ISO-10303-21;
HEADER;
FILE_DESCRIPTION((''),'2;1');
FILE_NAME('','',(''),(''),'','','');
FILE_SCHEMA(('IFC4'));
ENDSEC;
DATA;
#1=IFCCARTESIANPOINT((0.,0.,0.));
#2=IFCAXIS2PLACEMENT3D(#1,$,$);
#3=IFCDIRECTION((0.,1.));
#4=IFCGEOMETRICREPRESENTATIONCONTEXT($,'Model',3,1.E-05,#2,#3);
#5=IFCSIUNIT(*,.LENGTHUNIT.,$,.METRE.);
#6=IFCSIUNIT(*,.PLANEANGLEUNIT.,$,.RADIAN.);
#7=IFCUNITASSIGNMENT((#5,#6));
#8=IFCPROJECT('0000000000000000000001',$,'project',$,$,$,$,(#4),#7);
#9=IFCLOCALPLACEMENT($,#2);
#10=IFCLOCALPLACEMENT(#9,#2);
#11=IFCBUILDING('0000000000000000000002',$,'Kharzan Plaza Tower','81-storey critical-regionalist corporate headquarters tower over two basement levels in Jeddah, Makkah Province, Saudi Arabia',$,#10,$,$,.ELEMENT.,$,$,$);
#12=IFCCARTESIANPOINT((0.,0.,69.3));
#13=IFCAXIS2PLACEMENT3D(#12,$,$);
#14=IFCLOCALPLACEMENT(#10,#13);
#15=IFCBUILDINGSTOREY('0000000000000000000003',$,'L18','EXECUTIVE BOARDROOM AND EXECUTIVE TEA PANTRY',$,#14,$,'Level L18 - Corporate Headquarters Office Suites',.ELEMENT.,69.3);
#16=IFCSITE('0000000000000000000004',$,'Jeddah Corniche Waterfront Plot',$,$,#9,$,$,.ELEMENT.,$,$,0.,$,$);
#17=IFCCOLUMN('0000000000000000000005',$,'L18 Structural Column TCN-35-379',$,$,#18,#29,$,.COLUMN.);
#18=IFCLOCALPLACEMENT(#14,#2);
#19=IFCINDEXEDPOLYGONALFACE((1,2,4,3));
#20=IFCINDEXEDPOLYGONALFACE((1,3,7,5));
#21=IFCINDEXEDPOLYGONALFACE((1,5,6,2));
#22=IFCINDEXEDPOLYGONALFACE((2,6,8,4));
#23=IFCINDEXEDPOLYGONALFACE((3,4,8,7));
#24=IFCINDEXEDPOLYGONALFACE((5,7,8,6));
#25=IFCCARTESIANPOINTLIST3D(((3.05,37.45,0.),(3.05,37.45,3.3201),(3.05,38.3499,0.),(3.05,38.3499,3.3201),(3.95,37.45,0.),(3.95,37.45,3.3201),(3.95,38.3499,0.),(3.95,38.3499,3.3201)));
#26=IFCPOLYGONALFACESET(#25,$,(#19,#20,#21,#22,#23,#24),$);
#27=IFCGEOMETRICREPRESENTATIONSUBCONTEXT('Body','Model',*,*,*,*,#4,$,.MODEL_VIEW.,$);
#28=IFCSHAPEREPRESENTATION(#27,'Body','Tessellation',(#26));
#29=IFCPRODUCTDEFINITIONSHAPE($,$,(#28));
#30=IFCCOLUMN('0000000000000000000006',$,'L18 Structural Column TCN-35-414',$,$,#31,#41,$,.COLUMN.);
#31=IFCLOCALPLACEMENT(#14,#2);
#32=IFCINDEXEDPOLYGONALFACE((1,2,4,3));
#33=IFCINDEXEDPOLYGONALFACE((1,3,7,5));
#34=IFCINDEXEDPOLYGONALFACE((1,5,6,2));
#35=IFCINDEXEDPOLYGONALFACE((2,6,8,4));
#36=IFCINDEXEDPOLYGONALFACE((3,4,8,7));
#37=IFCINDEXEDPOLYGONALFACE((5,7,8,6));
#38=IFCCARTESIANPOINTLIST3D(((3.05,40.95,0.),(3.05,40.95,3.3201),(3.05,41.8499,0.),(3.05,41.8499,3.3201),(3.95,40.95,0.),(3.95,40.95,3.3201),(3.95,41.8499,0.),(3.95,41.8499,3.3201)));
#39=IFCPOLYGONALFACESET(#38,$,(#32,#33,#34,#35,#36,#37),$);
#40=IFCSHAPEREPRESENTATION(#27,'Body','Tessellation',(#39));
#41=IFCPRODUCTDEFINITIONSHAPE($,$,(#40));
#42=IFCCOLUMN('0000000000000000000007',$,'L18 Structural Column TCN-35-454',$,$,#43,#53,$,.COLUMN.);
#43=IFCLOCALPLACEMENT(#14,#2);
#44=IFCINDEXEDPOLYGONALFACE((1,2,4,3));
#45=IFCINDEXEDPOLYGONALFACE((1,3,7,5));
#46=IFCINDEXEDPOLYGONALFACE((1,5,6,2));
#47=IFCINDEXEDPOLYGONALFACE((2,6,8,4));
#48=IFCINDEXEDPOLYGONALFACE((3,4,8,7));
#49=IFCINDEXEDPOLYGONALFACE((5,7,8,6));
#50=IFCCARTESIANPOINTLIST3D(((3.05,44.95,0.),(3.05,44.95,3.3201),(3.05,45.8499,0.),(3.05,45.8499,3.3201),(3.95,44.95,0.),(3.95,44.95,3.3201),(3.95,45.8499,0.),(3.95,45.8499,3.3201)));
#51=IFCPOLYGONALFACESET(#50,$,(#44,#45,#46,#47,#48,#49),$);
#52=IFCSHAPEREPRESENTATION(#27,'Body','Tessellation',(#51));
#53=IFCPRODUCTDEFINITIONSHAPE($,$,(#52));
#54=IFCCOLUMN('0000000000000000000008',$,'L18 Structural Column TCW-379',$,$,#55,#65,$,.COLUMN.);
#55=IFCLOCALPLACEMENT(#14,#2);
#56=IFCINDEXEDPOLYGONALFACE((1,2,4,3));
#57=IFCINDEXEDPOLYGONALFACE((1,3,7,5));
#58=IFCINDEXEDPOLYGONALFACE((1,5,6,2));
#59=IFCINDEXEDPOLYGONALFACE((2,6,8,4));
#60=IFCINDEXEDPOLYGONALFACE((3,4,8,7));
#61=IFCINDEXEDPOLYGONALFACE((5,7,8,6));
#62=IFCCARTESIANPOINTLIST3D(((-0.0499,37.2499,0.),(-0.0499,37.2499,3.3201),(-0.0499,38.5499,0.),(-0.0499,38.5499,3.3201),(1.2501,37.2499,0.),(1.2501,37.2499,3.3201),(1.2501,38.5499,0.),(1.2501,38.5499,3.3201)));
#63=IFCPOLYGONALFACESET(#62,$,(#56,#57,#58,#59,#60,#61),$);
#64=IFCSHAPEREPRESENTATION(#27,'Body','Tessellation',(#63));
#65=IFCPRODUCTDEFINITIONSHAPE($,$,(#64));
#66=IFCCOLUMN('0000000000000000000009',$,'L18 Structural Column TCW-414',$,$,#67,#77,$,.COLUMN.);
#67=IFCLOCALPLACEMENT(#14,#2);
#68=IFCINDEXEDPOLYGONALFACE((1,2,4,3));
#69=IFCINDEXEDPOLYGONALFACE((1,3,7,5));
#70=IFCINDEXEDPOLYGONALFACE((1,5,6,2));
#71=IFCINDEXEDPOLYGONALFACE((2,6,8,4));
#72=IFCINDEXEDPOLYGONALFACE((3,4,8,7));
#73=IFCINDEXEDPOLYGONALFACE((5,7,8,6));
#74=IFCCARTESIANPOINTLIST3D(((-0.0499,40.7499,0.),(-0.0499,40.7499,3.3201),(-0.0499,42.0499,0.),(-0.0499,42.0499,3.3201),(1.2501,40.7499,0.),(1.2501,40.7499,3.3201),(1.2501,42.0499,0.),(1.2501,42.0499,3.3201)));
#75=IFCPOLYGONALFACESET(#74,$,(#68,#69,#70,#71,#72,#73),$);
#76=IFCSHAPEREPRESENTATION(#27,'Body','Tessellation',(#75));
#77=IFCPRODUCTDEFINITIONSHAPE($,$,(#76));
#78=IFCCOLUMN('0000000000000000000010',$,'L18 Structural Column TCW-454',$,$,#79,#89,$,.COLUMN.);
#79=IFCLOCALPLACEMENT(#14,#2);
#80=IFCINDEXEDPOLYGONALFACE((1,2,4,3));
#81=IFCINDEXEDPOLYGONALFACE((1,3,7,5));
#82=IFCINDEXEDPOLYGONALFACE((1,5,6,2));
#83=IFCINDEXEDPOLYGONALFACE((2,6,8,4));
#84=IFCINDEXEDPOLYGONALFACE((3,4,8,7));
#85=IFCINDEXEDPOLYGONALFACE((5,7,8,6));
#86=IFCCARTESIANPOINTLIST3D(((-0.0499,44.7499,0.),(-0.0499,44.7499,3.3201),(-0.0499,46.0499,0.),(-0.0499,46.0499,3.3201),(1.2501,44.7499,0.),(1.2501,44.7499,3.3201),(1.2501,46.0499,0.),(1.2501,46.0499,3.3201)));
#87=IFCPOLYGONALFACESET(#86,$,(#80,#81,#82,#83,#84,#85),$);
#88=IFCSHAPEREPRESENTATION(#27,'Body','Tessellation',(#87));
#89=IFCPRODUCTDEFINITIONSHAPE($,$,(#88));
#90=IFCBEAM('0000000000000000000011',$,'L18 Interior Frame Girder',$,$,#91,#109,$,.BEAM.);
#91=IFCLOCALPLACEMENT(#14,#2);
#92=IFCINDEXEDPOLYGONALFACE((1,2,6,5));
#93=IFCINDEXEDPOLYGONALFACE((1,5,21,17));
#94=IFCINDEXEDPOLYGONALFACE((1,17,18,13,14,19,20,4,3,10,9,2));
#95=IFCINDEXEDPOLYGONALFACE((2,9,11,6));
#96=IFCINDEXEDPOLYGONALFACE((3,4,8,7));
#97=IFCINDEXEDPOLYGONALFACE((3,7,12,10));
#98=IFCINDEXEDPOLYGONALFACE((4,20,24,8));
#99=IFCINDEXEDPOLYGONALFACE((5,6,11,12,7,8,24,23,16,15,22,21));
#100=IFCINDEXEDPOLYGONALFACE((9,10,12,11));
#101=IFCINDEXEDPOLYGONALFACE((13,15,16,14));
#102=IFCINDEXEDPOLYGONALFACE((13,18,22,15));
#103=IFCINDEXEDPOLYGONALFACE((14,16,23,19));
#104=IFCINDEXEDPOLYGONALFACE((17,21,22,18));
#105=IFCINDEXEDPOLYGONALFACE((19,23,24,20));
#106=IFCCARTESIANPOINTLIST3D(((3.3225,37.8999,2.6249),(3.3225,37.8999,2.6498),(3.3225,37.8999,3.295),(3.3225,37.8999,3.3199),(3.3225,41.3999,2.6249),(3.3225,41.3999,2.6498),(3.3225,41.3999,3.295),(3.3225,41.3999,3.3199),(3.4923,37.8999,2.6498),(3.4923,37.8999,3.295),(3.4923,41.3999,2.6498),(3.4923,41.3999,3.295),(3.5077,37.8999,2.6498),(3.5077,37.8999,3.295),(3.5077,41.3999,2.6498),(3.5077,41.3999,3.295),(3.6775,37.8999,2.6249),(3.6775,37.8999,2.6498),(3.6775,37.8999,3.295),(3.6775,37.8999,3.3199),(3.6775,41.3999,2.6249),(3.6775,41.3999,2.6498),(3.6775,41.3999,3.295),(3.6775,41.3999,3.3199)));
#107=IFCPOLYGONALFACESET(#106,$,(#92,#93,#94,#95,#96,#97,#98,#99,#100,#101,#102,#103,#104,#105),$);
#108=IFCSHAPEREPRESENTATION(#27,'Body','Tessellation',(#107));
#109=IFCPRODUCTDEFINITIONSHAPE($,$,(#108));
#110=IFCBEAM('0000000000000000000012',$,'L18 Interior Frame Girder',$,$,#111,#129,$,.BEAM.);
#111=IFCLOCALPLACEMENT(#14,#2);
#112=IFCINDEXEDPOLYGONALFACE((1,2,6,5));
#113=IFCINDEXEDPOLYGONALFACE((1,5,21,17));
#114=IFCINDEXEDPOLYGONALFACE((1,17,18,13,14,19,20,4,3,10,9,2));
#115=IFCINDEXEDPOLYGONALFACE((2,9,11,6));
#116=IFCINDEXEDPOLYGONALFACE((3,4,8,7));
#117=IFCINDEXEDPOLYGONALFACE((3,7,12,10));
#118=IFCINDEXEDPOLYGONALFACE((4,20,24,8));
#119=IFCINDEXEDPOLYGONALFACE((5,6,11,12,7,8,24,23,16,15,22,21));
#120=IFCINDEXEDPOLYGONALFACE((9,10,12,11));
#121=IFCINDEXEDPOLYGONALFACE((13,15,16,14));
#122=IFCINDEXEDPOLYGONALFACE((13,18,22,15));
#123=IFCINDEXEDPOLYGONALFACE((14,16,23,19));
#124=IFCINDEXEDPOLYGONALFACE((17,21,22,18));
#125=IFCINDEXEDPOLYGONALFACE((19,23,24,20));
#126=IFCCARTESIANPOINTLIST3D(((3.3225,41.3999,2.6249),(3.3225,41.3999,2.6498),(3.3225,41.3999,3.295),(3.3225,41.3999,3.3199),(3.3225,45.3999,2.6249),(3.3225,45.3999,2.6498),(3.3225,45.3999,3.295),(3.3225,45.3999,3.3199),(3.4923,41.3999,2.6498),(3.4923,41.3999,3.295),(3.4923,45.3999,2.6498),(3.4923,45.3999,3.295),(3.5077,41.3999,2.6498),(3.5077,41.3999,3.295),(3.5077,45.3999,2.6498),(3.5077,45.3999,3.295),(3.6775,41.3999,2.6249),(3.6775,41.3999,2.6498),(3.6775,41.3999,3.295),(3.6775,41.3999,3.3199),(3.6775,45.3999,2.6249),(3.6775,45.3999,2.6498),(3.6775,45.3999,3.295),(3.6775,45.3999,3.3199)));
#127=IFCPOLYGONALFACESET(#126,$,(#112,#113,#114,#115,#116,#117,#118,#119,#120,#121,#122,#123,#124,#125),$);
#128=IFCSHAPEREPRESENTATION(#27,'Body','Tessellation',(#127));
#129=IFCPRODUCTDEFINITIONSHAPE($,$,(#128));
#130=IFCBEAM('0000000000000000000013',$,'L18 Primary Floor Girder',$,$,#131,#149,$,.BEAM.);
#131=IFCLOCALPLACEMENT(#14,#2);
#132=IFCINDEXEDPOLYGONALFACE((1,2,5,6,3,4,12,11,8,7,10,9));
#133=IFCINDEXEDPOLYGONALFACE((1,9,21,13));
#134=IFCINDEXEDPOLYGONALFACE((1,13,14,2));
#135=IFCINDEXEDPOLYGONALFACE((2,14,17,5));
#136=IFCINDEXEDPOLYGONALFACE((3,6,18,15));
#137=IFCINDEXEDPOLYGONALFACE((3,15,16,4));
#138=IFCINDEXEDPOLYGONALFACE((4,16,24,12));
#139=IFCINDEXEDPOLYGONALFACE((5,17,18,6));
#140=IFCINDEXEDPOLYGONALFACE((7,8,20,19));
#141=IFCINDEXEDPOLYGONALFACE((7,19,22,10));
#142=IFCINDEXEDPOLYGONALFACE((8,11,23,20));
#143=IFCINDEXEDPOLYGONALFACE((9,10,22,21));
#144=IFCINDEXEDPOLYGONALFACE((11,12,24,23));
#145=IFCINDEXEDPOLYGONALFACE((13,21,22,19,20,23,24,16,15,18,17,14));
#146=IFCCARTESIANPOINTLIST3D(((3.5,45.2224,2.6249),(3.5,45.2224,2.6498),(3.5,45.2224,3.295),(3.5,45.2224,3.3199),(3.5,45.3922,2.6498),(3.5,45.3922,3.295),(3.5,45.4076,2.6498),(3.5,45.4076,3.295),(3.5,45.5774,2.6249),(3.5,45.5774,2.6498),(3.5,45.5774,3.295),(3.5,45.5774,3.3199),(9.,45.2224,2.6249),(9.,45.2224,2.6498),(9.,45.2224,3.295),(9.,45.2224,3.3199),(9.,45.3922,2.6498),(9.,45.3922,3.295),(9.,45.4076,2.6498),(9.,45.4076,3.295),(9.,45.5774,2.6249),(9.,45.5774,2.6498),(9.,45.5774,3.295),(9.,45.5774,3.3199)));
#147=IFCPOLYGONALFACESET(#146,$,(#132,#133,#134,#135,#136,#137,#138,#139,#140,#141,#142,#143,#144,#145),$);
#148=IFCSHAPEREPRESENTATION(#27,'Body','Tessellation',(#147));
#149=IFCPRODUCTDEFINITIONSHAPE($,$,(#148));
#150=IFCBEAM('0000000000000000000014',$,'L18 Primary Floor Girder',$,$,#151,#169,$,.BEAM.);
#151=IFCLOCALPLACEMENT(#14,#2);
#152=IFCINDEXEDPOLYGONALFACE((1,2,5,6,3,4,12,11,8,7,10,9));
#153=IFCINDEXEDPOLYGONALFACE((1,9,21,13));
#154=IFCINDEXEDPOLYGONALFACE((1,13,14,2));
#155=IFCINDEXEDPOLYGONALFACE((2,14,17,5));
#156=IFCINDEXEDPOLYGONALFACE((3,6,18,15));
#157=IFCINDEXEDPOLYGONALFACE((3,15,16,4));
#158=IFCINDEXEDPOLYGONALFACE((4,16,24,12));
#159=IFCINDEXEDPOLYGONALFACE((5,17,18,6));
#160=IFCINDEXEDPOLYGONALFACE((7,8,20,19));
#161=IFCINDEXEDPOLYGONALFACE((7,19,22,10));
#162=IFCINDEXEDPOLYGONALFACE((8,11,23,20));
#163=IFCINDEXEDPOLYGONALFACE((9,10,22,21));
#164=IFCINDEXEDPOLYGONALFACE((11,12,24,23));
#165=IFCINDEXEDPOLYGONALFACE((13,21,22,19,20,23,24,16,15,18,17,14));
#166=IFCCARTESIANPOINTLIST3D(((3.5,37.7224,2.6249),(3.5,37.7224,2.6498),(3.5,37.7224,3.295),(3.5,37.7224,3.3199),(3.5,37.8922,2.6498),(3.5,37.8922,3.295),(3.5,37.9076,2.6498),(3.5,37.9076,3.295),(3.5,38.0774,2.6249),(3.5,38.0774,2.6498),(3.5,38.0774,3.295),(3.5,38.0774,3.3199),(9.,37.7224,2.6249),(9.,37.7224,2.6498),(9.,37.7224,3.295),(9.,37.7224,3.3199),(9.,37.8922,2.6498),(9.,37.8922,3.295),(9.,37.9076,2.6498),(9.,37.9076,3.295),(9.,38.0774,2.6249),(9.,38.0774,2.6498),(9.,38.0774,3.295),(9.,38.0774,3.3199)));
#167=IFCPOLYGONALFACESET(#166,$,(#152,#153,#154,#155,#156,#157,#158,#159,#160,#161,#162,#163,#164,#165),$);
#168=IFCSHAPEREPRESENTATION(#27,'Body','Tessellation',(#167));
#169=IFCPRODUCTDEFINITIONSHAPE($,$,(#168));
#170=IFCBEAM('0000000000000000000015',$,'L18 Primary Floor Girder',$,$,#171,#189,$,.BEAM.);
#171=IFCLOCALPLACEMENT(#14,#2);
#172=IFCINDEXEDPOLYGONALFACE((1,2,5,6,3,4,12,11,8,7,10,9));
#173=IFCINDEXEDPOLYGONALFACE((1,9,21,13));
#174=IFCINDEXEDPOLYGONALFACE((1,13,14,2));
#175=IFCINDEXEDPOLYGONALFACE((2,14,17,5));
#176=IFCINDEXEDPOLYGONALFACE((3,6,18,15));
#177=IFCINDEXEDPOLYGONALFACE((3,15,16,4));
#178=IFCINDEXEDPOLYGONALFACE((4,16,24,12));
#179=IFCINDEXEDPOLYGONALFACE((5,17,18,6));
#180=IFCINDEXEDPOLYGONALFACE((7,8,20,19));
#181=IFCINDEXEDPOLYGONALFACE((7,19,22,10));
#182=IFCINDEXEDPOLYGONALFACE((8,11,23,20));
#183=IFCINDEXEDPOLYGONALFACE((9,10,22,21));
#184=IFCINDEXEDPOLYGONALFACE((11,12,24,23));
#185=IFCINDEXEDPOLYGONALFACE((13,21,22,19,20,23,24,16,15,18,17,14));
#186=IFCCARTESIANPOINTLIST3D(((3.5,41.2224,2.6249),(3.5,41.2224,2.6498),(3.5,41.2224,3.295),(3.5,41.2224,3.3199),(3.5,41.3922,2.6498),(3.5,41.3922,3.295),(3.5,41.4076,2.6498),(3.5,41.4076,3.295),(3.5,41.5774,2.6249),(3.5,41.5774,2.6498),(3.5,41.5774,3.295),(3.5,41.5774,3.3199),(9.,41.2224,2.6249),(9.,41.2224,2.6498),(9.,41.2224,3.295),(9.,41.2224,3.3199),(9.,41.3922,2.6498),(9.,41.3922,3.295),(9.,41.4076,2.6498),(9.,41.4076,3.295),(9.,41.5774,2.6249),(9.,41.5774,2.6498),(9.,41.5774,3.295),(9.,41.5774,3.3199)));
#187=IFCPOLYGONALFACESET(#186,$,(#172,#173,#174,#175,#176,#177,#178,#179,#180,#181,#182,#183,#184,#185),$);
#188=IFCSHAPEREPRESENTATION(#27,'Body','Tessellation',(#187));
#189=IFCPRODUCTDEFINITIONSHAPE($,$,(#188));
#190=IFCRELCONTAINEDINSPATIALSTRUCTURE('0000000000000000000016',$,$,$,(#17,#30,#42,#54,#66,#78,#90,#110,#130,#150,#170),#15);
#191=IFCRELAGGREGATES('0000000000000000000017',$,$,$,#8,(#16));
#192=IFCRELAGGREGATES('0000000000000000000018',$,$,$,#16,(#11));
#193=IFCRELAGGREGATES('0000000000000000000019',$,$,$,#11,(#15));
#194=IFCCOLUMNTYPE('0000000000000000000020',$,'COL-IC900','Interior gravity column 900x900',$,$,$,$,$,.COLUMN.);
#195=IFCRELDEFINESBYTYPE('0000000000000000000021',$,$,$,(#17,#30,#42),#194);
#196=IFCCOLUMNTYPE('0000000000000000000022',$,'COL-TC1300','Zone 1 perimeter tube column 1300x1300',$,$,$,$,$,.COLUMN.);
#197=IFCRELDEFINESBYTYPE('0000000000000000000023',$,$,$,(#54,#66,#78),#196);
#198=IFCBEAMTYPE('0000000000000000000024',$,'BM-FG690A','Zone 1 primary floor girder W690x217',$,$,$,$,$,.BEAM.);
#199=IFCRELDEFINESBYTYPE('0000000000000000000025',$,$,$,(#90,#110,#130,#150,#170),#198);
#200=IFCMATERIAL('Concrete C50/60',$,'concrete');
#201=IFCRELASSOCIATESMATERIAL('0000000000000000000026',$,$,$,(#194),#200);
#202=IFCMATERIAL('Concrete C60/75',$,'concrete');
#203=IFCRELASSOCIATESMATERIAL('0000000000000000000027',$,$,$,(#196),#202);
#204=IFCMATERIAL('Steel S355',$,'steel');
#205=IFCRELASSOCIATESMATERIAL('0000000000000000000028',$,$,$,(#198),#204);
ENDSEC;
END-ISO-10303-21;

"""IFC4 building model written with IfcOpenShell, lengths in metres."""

from ifc_helpers import new_model, si_unit, direction, frame, origin, origin_2d, place, context, subcontext, project, spatial, rectangle, i_section, extrude, source, transform, mapped, material, material_profile, profile_set, type_object, element, save


model = new_model("IFC4")

# Units and contexts
model_context = context("Model", 3, precision=1e-05, world=origin(), true_north=direction((0.0, 1.0)))
body_context = subcontext(model_context, "Body", "Model", "MODEL_VIEW")
ifc_project = project(units=[si_unit("LENGTHUNIT", "METRE"), si_unit("PLANEANGLEUNIT", "RADIAN")], contexts=[model_context])

# Site, building, storey
site_placement = place(None, origin())
site = spatial("IfcSite", under=ifc_project, at=site_placement, Name="Jeddah Corniche Waterfront Plot", CompositionType="ELEMENT", RefElevation=0.0)
building_placement = place(site_placement, origin())
building = spatial("IfcBuilding", under=site, at=building_placement, Name="Kharzan Plaza Tower", Description="81-storey critical-regionalist corporate headquarters tower over two basement levels in Jeddah, Makkah Province, Saudi Arabia", CompositionType="ELEMENT")
storey_placement = place(building_placement, frame((0.0, 0.0, 69.3)))
storey = spatial("IfcBuildingStorey", under=building, at=storey_placement, Name="L18", Description="EXECUTIVE BOARDROOM AND EXECUTIVE TEA PANTRY", LongName="Level L18 - Corporate Headquarters Office Suites", CompositionType="ELEMENT", Elevation=69.3)

# Columns
ifc_material_1 = material(Name="Concrete C50/60", Category="concrete")
ifc_material_profile_1 = material_profile(ifc_material_1, rectangle(XDim=0.8999, YDim=0.8999, at=origin_2d()), Name="RC-IC900x900")
ifc_profile_set_1 = profile_set([ifc_material_profile_1], Name="Concrete C50/60")
column_type_1 = type_object("IfcColumnType", Name="COL-IC900", Description="Interior gravity column 900x900", PredefinedType="COLUMN", material=ifc_profile_set_1)
shared_shape_1 = source(origin(), body_context, "Body", "SweptSolid", [
    extrude(rectangle(XDim=0.8999, YDim=0.8999, at=origin_2d()), origin(), (0.0, 0.0, 1.0), 3.3201),
])
for number, where, z_axis, x_axis, name in (
    (1, (3.5, 37.8999, 0.0), (0.0, 0.0, 1.0), (1.0, 0.0, 0.0), "L18 Structural Column TCN-35-379"),
    (2, (3.5, 41.3999, 0.0), (0.0, 0.0, 1.0), (1.0, 0.0, 0.0), "L18 Structural Column TCN-35-414"),
    (3, (3.5, 45.3999, 0.0), (0.0, 0.0, 1.0), (1.0, 0.0, 0.0), "L18 Structural Column TCN-35-454"),
):
    element("IfcColumn", number, at=place(storey_placement, frame(where, z_axis=z_axis, x_axis=x_axis)), inside=storey, type_object=column_type_1, Name=name, PredefinedType="COLUMN", context=body_context, shape_type="MappedRepresentation", body=[
        mapped(shared_shape_1, transform((0.0, 0.0, 0.0), x_axis=(1.0, 0.0, 0.0), y_axis=(0.0, 1.0, 0.0), z_axis=(0.0, 0.0, 1.0))),
    ])
ifc_material_2 = material(Name="Concrete C60/75", Category="concrete")
ifc_material_profile_2 = material_profile(ifc_material_2, rectangle(XDim=1.3, YDim=1.3, at=origin_2d()), Name="RC-TC1300x1300")
ifc_profile_set_2 = profile_set([ifc_material_profile_2], Name="Concrete C60/75")
column_type_2 = type_object("IfcColumnType", Name="COL-TC1300", Description="Zone 1 perimeter tube column 1300x1300", PredefinedType="COLUMN", material=ifc_profile_set_2)
shared_shape_2 = source(origin(), body_context, "Body", "SweptSolid", [
    extrude(rectangle(XDim=1.3, YDim=1.3, at=origin_2d()), origin(), (0.0, 0.0, 1.0), 3.3201),
])
for number, where, z_axis, x_axis, name in (
    (4, (0.6001, 37.8999, 0.0), (0.0, 0.0, 1.0), (1.0, 0.0, 0.0), "L18 Structural Column TCW-379"),
    (5, (0.6001, 41.3999, 0.0), (0.0, 0.0, 1.0), (1.0, 0.0, 0.0), "L18 Structural Column TCW-414"),
    (6, (0.6001, 45.3999, 0.0), (0.0, 0.0, 1.0), (1.0, 0.0, 0.0), "L18 Structural Column TCW-454"),
):
    element("IfcColumn", number, at=place(storey_placement, frame(where, z_axis=z_axis, x_axis=x_axis)), inside=storey, type_object=column_type_2, Name=name, PredefinedType="COLUMN", context=body_context, shape_type="MappedRepresentation", body=[
        mapped(shared_shape_2, transform((0.0, 0.0, 0.0), x_axis=(1.0, 0.0, 0.0), y_axis=(0.0, 1.0, 0.0), z_axis=(0.0, 0.0, 1.0))),
    ])

# Beams
ifc_material_3 = material(Name="Steel S355", Category="steel")
ifc_material_profile_3 = material_profile(ifc_material_3, i_section(OverallWidth=0.355, OverallDepth=0.6951, WebThickness=0.0154, FlangeThickness=0.0249, at=origin_2d()), Name="W690x217")
ifc_profile_set_3 = profile_set([ifc_material_profile_3], Name="Steel S355")
beam_type_1 = type_object("IfcBeamType", Name="BM-FG690A", Description="Zone 1 primary floor girder W690x217", PredefinedType="BEAM", material=ifc_profile_set_3)
shared_shape_3 = source(origin(), body_context, "Body", "SweptSolid", [
    extrude(i_section(OverallWidth=0.355, OverallDepth=0.6951, WebThickness=0.0154, FlangeThickness=0.0249, at=origin_2d()), origin(), (0.0, 0.0, 1.0), 3.5),
])
beam_1_placement = place(storey_placement, frame((3.5, 37.8999, 2.9724), z_axis=(0.0, 1.0, 0.0), x_axis=(-1.0, 0.0, 0.0)))
element("IfcBeam", 7, at=beam_1_placement, inside=storey, type_object=beam_type_1, Name="L18 Interior Frame Girder", PredefinedType="BEAM", context=body_context, shape_type="MappedRepresentation", body=[
    mapped(shared_shape_3, transform((0.0, 0.0, 0.0), x_axis=(1.0, 0.0, 0.0), y_axis=(0.0, 1.0, 0.0), z_axis=(0.0, 0.0, 1.0))),
])
shared_shape_4 = source(origin(), body_context, "Body", "SweptSolid", [
    extrude(i_section(OverallWidth=0.355, OverallDepth=0.6951, WebThickness=0.0154, FlangeThickness=0.0249, at=origin_2d()), origin(), (0.0, 0.0, 1.0), 4.0),
])
beam_2_placement = place(storey_placement, frame((3.5, 41.3999, 2.9724), z_axis=(0.0, 1.0, 0.0), x_axis=(-1.0, 0.0, 0.0)))
element("IfcBeam", 8, at=beam_2_placement, inside=storey, type_object=beam_type_1, Name="L18 Interior Frame Girder", PredefinedType="BEAM", context=body_context, shape_type="MappedRepresentation", body=[
    mapped(shared_shape_4, transform((0.0, 0.0, 0.0), x_axis=(1.0, 0.0, 0.0), y_axis=(0.0, 1.0, 0.0), z_axis=(0.0, 0.0, 1.0))),
])
shared_shape_5 = source(origin(), body_context, "Body", "SweptSolid", [
    extrude(i_section(OverallWidth=0.355, OverallDepth=0.6951, WebThickness=0.0154, FlangeThickness=0.0249, at=origin_2d()), origin(), (0.0, 0.0, 1.0), 5.5),
])
for number, where, z_axis, x_axis, name in (
    (9, (3.5, 45.3999, 2.9724), (1.0, 0.0, 0.0), (0.0, 1.0, 0.0), "L18 Primary Floor Girder"),
    (10, (3.5, 37.8999, 2.9724), (1.0, 0.0, 0.0), (0.0, 1.0, 0.0), "L18 Primary Floor Girder"),
    (11, (3.5, 41.3999, 2.9724), (1.0, 0.0, 0.0), (0.0, 1.0, 0.0), "L18 Primary Floor Girder"),
):
    element("IfcBeam", number, at=place(storey_placement, frame(where, z_axis=z_axis, x_axis=x_axis)), inside=storey, type_object=beam_type_1, Name=name, PredefinedType="BEAM", context=body_context, shape_type="MappedRepresentation", body=[
        mapped(shared_shape_5, transform((0.0, 0.0, 0.0), x_axis=(1.0, 0.0, 0.0), y_axis=(0.0, 1.0, 0.0), z_axis=(0.0, 0.0, 1.0))),
    ])

save(model, "model.ifc")
